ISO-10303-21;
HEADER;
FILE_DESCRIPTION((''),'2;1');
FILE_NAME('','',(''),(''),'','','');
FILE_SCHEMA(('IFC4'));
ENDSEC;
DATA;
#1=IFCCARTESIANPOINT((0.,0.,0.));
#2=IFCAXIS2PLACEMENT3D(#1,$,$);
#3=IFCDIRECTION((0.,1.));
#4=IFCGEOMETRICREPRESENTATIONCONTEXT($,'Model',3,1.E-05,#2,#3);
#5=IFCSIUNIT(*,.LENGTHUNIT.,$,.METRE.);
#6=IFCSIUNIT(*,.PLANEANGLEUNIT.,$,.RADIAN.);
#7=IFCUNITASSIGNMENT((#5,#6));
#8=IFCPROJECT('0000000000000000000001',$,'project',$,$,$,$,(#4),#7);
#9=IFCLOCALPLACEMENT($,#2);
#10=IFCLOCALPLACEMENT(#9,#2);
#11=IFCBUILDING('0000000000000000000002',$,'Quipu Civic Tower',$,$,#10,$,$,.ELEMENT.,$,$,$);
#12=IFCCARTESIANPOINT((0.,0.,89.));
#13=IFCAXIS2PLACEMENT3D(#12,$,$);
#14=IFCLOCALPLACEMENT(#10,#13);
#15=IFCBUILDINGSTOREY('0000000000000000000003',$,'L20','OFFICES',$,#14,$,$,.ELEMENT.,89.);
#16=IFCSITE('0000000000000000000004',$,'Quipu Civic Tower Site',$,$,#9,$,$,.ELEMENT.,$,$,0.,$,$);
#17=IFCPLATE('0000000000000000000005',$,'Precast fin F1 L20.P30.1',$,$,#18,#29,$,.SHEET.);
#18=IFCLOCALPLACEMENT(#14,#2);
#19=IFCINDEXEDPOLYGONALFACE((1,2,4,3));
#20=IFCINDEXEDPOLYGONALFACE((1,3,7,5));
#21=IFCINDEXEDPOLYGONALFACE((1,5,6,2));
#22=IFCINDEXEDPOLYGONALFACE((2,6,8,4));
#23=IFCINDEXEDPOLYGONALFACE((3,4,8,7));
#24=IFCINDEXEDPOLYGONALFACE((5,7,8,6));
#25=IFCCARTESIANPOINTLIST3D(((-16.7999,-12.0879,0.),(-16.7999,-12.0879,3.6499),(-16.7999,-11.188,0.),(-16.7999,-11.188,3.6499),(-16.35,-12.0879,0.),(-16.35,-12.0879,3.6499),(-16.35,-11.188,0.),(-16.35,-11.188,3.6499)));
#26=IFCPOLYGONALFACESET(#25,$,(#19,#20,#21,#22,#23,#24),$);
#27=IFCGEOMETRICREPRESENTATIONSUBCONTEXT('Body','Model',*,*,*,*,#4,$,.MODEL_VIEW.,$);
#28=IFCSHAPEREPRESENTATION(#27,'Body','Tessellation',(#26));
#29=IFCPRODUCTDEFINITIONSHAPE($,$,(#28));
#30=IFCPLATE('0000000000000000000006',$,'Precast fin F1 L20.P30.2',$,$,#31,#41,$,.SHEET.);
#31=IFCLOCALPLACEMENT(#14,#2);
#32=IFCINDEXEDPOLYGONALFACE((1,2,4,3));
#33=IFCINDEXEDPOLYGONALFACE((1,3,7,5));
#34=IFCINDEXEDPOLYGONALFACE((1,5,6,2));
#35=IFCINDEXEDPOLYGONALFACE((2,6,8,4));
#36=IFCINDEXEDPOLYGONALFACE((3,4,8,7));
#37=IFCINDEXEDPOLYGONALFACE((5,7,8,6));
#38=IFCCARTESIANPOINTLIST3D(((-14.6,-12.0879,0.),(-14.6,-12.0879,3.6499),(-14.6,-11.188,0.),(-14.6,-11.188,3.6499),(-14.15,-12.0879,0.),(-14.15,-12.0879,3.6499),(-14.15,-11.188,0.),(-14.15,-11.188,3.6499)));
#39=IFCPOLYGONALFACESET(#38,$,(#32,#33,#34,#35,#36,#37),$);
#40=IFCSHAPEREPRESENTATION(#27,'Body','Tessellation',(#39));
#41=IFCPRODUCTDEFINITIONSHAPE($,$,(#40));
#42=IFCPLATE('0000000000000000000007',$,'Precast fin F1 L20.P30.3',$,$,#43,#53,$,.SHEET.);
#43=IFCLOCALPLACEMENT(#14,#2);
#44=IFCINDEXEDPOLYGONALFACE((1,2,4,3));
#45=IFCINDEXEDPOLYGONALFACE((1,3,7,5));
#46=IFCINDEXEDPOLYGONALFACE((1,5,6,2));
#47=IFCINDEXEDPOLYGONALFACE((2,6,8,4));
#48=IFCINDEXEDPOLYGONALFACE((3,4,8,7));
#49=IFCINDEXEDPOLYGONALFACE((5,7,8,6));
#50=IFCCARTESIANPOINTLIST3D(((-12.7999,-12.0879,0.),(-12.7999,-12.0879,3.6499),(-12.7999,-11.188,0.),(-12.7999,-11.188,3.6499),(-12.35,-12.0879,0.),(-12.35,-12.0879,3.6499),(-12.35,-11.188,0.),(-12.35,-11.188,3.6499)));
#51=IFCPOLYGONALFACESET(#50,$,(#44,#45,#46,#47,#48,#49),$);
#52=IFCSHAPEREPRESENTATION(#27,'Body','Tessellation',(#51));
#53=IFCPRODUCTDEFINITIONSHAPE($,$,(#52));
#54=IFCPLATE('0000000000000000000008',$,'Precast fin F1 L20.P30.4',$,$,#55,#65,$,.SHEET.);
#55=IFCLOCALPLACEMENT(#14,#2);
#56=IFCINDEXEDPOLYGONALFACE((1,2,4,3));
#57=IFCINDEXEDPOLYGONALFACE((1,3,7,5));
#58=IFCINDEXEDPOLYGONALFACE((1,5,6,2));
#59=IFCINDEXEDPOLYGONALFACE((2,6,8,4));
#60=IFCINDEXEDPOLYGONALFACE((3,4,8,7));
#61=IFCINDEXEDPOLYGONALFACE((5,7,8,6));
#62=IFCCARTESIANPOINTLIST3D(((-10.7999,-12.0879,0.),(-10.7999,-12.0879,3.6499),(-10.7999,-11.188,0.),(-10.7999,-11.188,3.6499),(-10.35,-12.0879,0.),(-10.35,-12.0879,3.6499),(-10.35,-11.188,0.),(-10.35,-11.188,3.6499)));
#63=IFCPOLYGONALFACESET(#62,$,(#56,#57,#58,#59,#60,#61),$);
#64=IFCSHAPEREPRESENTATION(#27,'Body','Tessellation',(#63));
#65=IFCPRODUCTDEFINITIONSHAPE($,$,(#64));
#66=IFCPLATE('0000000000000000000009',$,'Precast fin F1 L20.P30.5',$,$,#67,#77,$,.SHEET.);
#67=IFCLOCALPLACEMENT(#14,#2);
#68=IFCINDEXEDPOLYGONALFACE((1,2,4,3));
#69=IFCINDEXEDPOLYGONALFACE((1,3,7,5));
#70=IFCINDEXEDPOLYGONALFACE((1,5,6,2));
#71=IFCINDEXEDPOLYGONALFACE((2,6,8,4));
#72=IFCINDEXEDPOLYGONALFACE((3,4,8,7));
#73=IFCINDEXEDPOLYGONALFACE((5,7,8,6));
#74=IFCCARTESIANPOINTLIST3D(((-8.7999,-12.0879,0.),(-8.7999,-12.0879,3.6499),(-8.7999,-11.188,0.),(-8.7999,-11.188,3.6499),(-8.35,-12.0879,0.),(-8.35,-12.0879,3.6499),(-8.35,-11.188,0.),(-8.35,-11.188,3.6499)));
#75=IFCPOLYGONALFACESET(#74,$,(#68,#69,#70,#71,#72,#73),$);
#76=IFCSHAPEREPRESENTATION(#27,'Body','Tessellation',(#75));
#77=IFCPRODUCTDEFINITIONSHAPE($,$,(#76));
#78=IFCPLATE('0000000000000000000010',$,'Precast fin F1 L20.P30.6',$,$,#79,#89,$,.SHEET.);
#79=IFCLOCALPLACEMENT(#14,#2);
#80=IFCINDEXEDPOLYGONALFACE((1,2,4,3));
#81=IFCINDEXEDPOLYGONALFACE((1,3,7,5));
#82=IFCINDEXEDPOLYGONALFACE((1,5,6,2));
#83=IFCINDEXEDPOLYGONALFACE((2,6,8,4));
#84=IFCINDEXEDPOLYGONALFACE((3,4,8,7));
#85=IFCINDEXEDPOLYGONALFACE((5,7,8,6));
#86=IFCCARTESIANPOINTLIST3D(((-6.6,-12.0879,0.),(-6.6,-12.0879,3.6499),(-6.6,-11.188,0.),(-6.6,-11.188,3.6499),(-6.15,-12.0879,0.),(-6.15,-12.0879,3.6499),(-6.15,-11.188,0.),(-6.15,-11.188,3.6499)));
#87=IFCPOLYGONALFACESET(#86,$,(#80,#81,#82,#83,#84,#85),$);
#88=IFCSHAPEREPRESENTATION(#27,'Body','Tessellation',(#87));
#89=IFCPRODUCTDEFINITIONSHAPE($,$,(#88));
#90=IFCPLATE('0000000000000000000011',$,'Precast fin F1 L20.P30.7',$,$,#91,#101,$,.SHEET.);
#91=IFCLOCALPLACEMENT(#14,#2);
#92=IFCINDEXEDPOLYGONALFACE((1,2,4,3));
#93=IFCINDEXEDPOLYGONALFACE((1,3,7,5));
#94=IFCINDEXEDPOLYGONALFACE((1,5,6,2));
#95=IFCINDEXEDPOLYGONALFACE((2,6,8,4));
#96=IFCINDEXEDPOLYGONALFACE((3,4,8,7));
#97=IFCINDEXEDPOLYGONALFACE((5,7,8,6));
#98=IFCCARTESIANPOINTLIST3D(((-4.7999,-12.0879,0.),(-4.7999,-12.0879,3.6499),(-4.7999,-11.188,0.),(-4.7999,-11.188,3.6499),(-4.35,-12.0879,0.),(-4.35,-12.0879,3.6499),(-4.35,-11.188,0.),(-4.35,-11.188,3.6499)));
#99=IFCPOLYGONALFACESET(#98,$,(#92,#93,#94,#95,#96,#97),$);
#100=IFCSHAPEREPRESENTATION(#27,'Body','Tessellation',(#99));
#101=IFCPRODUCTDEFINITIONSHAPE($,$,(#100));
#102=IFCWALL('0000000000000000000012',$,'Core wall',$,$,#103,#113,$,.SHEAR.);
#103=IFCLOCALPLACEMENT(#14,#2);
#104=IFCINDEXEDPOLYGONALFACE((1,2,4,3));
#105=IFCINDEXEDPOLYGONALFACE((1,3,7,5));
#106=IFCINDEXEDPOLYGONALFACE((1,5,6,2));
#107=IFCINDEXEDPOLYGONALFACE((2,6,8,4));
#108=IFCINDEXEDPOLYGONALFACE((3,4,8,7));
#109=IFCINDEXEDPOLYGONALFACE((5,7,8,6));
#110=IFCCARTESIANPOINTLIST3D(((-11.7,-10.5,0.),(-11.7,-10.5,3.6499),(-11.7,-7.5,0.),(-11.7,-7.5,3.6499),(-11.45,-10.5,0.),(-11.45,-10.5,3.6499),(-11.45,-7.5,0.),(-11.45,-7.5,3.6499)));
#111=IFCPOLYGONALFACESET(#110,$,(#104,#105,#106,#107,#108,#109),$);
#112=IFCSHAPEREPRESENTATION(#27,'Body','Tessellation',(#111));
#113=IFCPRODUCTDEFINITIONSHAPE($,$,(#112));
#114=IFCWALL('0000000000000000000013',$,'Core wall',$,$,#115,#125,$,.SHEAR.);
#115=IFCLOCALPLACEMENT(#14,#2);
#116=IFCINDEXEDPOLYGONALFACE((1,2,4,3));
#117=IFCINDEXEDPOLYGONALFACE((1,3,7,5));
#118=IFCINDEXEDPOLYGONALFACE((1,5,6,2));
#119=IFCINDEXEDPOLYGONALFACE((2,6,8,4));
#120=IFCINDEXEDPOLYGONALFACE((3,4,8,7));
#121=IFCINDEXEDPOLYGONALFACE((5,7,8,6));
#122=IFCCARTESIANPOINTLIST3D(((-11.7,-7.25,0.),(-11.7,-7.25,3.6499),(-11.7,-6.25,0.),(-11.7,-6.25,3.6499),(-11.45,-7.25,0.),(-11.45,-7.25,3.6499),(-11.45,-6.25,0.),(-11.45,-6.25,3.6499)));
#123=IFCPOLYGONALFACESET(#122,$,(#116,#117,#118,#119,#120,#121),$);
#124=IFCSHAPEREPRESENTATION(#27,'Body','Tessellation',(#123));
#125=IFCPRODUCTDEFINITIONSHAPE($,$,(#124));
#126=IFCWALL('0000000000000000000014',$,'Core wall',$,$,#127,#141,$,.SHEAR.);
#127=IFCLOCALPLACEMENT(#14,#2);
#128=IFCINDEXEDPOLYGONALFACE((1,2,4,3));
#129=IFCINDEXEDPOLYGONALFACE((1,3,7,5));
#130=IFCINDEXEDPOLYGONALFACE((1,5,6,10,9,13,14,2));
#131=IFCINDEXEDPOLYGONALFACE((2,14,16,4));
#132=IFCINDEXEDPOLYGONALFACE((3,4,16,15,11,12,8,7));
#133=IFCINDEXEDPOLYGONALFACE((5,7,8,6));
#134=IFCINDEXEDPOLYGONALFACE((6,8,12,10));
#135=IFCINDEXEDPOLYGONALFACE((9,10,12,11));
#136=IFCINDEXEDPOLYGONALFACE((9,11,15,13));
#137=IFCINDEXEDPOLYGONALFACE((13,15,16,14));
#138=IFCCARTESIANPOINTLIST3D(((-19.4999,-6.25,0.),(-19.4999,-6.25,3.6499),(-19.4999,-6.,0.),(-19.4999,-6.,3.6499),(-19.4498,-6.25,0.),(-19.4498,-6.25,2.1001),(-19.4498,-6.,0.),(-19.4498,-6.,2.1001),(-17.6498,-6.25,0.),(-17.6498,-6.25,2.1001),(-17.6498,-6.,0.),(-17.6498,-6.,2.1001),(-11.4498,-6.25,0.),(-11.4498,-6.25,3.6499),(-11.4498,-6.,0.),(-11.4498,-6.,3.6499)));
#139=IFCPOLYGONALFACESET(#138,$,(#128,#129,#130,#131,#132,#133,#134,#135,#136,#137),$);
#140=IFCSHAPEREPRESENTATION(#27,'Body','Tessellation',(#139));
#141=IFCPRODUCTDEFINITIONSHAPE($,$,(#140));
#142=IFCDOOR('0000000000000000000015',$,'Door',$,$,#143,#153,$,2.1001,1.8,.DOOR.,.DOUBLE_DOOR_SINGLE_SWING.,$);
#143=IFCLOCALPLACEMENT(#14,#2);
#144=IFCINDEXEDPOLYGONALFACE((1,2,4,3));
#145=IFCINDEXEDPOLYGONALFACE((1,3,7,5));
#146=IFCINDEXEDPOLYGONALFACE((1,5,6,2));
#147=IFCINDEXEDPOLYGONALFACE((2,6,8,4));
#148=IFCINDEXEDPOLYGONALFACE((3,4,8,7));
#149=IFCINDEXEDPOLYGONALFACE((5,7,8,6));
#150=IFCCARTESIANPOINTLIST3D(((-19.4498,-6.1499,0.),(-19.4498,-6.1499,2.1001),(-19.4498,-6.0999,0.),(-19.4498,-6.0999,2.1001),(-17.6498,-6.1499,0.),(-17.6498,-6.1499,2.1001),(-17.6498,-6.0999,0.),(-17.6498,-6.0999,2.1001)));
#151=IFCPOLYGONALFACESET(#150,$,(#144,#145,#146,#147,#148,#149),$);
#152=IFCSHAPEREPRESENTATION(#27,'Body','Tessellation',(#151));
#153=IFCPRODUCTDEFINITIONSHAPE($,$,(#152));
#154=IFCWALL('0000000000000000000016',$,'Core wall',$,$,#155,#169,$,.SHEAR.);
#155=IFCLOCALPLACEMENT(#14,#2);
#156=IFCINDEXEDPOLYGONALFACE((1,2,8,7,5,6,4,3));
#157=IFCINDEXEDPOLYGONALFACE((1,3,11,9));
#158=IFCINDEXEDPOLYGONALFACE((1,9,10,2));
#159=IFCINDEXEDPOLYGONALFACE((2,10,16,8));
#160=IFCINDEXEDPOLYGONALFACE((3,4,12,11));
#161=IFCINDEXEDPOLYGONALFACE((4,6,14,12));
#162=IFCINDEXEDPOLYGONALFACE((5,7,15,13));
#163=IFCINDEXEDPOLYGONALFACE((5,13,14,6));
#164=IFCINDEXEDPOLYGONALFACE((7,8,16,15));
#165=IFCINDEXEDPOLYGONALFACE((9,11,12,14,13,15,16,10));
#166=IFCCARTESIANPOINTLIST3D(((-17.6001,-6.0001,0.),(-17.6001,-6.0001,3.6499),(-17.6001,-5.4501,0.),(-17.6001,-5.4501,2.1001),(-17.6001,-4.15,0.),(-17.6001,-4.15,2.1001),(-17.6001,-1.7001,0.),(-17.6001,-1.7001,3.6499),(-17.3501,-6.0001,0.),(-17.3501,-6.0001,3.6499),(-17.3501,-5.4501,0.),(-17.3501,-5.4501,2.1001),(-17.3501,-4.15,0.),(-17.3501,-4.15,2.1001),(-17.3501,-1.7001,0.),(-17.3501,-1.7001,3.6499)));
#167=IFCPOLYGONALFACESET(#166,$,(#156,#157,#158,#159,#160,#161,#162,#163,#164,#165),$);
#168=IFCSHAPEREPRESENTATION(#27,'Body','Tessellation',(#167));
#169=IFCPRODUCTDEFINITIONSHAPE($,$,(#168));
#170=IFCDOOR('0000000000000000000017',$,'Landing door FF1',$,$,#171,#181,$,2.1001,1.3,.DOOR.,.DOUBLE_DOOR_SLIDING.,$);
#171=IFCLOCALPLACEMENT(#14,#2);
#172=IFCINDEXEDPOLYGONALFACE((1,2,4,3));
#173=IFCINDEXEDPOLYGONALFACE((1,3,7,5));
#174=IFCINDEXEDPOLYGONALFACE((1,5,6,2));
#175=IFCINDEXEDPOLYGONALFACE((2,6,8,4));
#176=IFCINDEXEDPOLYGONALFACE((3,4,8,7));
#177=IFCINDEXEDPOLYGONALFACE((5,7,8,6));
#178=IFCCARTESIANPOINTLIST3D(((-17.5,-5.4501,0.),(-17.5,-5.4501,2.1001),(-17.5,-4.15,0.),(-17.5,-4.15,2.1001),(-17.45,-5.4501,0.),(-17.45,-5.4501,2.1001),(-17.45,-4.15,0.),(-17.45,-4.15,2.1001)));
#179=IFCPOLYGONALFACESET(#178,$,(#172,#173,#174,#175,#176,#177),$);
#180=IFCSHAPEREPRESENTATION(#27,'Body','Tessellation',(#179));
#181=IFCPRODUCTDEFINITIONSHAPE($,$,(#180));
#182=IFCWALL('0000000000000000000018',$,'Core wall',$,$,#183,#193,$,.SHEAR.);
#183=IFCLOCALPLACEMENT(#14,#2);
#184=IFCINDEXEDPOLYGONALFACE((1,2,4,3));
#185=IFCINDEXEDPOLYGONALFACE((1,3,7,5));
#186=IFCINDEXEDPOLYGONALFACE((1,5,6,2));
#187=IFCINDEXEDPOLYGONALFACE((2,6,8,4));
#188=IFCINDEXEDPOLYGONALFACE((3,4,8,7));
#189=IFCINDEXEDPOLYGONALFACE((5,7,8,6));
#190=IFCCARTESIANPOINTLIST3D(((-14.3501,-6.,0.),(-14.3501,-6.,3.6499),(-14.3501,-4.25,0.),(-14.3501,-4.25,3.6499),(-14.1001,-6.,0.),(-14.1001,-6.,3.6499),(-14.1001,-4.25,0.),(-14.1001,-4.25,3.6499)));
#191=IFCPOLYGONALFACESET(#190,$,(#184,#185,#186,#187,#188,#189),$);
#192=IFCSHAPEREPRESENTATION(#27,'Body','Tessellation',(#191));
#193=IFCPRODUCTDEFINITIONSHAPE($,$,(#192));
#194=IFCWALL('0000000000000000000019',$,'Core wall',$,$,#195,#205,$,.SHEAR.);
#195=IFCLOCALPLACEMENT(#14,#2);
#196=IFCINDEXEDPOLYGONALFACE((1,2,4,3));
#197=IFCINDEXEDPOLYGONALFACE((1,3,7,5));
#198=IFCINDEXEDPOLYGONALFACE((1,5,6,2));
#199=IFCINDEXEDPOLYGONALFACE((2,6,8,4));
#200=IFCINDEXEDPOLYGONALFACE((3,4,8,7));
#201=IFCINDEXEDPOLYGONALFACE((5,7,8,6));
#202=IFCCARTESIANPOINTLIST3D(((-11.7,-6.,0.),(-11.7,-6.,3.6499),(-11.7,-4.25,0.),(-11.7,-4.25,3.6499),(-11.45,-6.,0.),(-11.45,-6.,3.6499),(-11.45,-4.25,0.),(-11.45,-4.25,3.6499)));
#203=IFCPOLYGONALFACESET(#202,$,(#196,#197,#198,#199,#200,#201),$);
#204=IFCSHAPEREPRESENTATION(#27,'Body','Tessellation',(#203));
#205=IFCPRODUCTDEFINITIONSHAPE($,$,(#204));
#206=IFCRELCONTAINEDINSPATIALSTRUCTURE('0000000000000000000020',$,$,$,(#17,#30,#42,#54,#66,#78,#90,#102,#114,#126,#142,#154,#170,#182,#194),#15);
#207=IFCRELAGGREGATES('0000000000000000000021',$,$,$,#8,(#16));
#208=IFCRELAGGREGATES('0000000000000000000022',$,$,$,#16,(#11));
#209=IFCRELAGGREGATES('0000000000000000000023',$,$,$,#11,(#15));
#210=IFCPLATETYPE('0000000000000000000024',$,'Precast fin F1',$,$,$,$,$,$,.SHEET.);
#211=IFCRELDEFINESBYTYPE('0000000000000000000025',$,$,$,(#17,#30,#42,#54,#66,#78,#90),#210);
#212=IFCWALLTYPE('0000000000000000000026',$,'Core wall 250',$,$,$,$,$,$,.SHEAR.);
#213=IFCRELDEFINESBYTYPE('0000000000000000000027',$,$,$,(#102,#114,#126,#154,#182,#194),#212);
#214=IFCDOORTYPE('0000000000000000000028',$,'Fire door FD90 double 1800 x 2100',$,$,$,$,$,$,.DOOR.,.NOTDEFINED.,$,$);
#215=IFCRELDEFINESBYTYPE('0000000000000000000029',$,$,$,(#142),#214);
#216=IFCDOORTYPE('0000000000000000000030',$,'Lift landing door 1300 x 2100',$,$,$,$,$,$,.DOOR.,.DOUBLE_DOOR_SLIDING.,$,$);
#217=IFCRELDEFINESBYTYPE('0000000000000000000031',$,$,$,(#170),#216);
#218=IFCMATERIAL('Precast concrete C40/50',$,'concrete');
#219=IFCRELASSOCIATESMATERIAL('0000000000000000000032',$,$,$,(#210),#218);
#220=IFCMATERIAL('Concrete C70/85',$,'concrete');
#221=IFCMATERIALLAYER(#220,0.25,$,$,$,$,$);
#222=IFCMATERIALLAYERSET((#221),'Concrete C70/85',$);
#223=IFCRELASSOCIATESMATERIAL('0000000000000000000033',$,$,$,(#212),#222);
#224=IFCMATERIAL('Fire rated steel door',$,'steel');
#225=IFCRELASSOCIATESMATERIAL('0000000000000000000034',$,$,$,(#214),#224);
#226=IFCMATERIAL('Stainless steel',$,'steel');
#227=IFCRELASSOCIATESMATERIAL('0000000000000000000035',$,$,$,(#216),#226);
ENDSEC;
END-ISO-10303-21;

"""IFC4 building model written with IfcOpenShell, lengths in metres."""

from ifc_helpers import new_model, si_unit, direction, frame, frame_2d, origin, origin_2d, place, context, subcontext, project, spatial, rectangle, extrude, material, layer, layer_set, type_object, element, fill, save


model = new_model("IFC4")

# Units and contexts
model_context = context("Model", 3, precision=1e-05, world=origin(), true_north=direction((0.0, 1.0)))
body_context = subcontext(model_context, "Body", "Model", "MODEL_VIEW")
ifc_project = project(units=[si_unit("LENGTHUNIT", "METRE"), si_unit("PLANEANGLEUNIT", "RADIAN")], contexts=[model_context])

# Site, building, storey
site_placement = place(None, origin())
site = spatial("IfcSite", under=ifc_project, at=site_placement, Name="Quipu Civic Tower Site", CompositionType="ELEMENT", RefElevation=0.0)
building_placement = place(site_placement, origin())
building = spatial("IfcBuilding", under=site, at=building_placement, Name="Quipu Civic Tower", CompositionType="ELEMENT")
storey_placement = place(building_placement, frame((0.0, 0.0, 89.0)))
storey = spatial("IfcBuildingStorey", under=building, at=storey_placement, Name="L20", Description="OFFICES", CompositionType="ELEMENT", Elevation=89.0)

# Plates
ifc_material_1 = material(Name="Precast concrete C40/50", Category="concrete")
plate_type = type_object("IfcPlateType", Name="Precast fin F1", PredefinedType="SHEET", material=ifc_material_1)
for number, where, z_axis, x_axis, name in (
    (1, (-16.575, -11.6379, 0.0), (0.0, 0.0, 1.0), (1.0, 0.0, 0.0), "Precast fin F1 L20.P30.1"),
    (2, (-14.375, -11.6379, 0.0), (0.0, 0.0, 1.0), (1.0, 0.0, 0.0), "Precast fin F1 L20.P30.2"),
    (3, (-12.575, -11.6379, 0.0), (0.0, 0.0, 1.0), (1.0, 0.0, 0.0), "Precast fin F1 L20.P30.3"),
    (4, (-10.575, -11.6379, 0.0), (0.0, 0.0, 1.0), (1.0, 0.0, 0.0), "Precast fin F1 L20.P30.4"),
    (5, (-8.575, -11.6379, 0.0), (0.0, 0.0, 1.0), (1.0, 0.0, 0.0), "Precast fin F1 L20.P30.5"),
    (6, (-6.375, -11.6379, 0.0), (0.0, 0.0, 1.0), (1.0, 0.0, 0.0), "Precast fin F1 L20.P30.6"),
    (7, (-4.575, -11.6379, 0.0), (0.0, 0.0, 1.0), (1.0, 0.0, 0.0), "Precast fin F1 L20.P30.7"),
):
    element("IfcPlate", number, at=place(storey_placement, frame(where, z_axis=z_axis, x_axis=x_axis)), inside=storey, type_object=plate_type, Name=name, PredefinedType="SHEET", context=body_context, shape_type="SweptSolid", body=[
        extrude(rectangle(XDim=0.45, YDim=0.8999, at=origin_2d()), origin(), (0.0, 0.0, 1.0), 3.6499),
    ])

# Walls
ifc_material_2 = material(Name="Concrete C70/85", Category="concrete")
ifc_layer_1 = layer(ifc_material_2, 0.25)
ifc_layer_set_1 = layer_set([ifc_layer_1], Name="Concrete C70/85")
wall_type_1 = type_object("IfcWallType", Name="Core wall 250", PredefinedType="SHEAR", material=ifc_layer_set_1)
wall_1_placement = place(storey_placement, frame((-11.575, -10.5, 0.0), z_axis=(0.0, 0.0, 1.0), x_axis=(0.0, 1.0, 0.0)))
element("IfcWall", 8, at=wall_1_placement, inside=storey, type_object=wall_type_1, Name="Core wall", PredefinedType="SHEAR", context=body_context, shape_type="SweptSolid", body=[
    extrude(rectangle(XDim=3.0, YDim=0.25, at=frame_2d((1.5, 0.0))), origin(), (0.0, 0.0, 1.0), 3.6499),
])
wall_2_placement = place(storey_placement, frame((-11.575, -7.25, 0.0), z_axis=(0.0, 0.0, 1.0), x_axis=(0.0, 1.0, 0.0)))
element("IfcWall", 9, at=wall_2_placement, inside=storey, type_object=wall_type_1, Name="Core wall", PredefinedType="SHEAR", context=body_context, shape_type="SweptSolid", body=[
    extrude(rectangle(XDim=1.0, YDim=0.25, at=frame_2d((0.5, 0.0))), origin(), (0.0, 0.0, 1.0), 3.6499),
])

# Walls, openings, doors
wall_3_placement = place(storey_placement, frame((-11.45, -6.125, 0.0), z_axis=(0.0, 0.0, 1.0), x_axis=(-1.0, 0.0, 0.0)))
wall_3 = element("IfcWall", 10, at=wall_3_placement, inside=storey, type_object=wall_type_1, Name="Core wall", PredefinedType="SHEAR", context=body_context, shape_type="SweptSolid", body=[
    extrude(rectangle(XDim=8.05, YDim=0.25, at=frame_2d((4.0249, 0.0))), origin(), (0.0, 0.0, 1.0), 3.6499),
])
opening_1_placement = place(wall_3_placement, frame((6.2, 0.0, 0.0)))
opening_1 = element("IfcOpeningElement", 11, at=opening_1_placement, cuts=wall_3, PredefinedType="OPENING", context=body_context, shape_type="SweptSolid", body=[
    extrude(rectangle(XDim=1.8, YDim=2.1001, at=frame_2d((0.8999, 1.05))), frame((0.0, 0.135, 0.0), z_axis=(0.0, -1.0, 0.0), x_axis=(1.0, 0.0, 0.0)), (0.0, 0.0, 1.0), 0.27),
])
ifc_material_3 = material(Name="Fire rated steel door", Category="steel")
door_type_1 = type_object("IfcDoorType", Name="Fire door FD90 double 1800 x 2100", OperationType="NOTDEFINED", PredefinedType="DOOR", material=ifc_material_3)
door_1_placement = place(opening_1_placement, origin())
door_1 = element("IfcDoor", 12, at=door_1_placement, inside=storey, type_object=door_type_1, Name="Door", OperationType="DOUBLE_DOOR_SINGLE_SWING", OverallHeight=2.1001, OverallWidth=1.8, PredefinedType="DOOR", context=body_context, shape_type="SweptSolid", body=[
    extrude(rectangle(XDim=1.8, YDim=2.1001, at=frame_2d((0.8999, 1.05))), frame((0.0, 0.0249, 0.0), z_axis=(0.0, -1.0, 0.0), x_axis=(1.0, 0.0, 0.0)), (0.0, 0.0, 1.0), 0.05),
])
fill(opening_1, door_1)
wall_4_placement = place(storey_placement, frame((-17.4751, -6.0, 0.0), z_axis=(0.0, 0.0, 1.0), x_axis=(0.0, 1.0, 0.0)))
wall_4 = element("IfcWall", 13, at=wall_4_placement, inside=storey, type_object=wall_type_1, Name="Core wall", PredefinedType="SHEAR", context=body_context, shape_type="SweptSolid", body=[
    extrude(rectangle(XDim=4.3, YDim=0.25, at=frame_2d((2.1499, 0.0))), origin(), (0.0, 0.0, 1.0), 3.6499),
])
opening_2_placement = place(wall_4_placement, frame((0.55, 0.0, 0.0)))
opening_2 = element("IfcOpeningElement", 14, at=opening_2_placement, cuts=wall_4, PredefinedType="OPENING", context=body_context, shape_type="SweptSolid", body=[
    extrude(rectangle(XDim=1.3, YDim=2.1001, at=frame_2d((0.6499, 1.05))), frame((0.0, 0.135, 0.0), z_axis=(0.0, -1.0, 0.0), x_axis=(1.0, 0.0, 0.0)), (0.0, 0.0, 1.0), 0.27),
])
ifc_material_4 = material(Name="Stainless steel", Category="steel")
door_type_2 = type_object("IfcDoorType", Name="Lift landing door 1300 x 2100", OperationType="DOUBLE_DOOR_SLIDING", PredefinedType="DOOR", material=ifc_material_4)
door_2_placement = place(opening_2_placement, origin())
door_2 = element("IfcDoor", 15, at=door_2_placement, inside=storey, type_object=door_type_2, Name="Landing door FF1", OperationType="DOUBLE_DOOR_SLIDING", OverallHeight=2.1001, OverallWidth=1.3, PredefinedType="DOOR", context=body_context, shape_type="SweptSolid", body=[
    extrude(rectangle(XDim=1.3, YDim=2.1001, at=frame_2d((0.6499, 1.05))), frame((0.0, 0.0249, 0.0), z_axis=(0.0, -1.0, 0.0), x_axis=(1.0, 0.0, 0.0)), (0.0, 0.0, 1.0), 0.05),
])
fill(opening_2, door_2)

# Walls
for number, where, z_axis, x_axis, name in (
    (16, (-14.2251, -6.0, 0.0), (0.0, 0.0, 1.0), (0.0, 1.0, 0.0), "Core wall"),
    (17, (-11.575, -6.0, 0.0), (0.0, 0.0, 1.0), (0.0, 1.0, 0.0), "Core wall"),
):
    element("IfcWall", number, at=place(storey_placement, frame(where, z_axis=z_axis, x_axis=x_axis)), inside=storey, type_object=wall_type_1, Name=name, PredefinedType="SHEAR", context=body_context, shape_type="SweptSolid", body=[
        extrude(rectangle(XDim=1.75, YDim=0.25, at=frame_2d((0.875, 0.0))), origin(), (0.0, 0.0, 1.0), 3.6499),
    ])

save(model, "model.ifc")
